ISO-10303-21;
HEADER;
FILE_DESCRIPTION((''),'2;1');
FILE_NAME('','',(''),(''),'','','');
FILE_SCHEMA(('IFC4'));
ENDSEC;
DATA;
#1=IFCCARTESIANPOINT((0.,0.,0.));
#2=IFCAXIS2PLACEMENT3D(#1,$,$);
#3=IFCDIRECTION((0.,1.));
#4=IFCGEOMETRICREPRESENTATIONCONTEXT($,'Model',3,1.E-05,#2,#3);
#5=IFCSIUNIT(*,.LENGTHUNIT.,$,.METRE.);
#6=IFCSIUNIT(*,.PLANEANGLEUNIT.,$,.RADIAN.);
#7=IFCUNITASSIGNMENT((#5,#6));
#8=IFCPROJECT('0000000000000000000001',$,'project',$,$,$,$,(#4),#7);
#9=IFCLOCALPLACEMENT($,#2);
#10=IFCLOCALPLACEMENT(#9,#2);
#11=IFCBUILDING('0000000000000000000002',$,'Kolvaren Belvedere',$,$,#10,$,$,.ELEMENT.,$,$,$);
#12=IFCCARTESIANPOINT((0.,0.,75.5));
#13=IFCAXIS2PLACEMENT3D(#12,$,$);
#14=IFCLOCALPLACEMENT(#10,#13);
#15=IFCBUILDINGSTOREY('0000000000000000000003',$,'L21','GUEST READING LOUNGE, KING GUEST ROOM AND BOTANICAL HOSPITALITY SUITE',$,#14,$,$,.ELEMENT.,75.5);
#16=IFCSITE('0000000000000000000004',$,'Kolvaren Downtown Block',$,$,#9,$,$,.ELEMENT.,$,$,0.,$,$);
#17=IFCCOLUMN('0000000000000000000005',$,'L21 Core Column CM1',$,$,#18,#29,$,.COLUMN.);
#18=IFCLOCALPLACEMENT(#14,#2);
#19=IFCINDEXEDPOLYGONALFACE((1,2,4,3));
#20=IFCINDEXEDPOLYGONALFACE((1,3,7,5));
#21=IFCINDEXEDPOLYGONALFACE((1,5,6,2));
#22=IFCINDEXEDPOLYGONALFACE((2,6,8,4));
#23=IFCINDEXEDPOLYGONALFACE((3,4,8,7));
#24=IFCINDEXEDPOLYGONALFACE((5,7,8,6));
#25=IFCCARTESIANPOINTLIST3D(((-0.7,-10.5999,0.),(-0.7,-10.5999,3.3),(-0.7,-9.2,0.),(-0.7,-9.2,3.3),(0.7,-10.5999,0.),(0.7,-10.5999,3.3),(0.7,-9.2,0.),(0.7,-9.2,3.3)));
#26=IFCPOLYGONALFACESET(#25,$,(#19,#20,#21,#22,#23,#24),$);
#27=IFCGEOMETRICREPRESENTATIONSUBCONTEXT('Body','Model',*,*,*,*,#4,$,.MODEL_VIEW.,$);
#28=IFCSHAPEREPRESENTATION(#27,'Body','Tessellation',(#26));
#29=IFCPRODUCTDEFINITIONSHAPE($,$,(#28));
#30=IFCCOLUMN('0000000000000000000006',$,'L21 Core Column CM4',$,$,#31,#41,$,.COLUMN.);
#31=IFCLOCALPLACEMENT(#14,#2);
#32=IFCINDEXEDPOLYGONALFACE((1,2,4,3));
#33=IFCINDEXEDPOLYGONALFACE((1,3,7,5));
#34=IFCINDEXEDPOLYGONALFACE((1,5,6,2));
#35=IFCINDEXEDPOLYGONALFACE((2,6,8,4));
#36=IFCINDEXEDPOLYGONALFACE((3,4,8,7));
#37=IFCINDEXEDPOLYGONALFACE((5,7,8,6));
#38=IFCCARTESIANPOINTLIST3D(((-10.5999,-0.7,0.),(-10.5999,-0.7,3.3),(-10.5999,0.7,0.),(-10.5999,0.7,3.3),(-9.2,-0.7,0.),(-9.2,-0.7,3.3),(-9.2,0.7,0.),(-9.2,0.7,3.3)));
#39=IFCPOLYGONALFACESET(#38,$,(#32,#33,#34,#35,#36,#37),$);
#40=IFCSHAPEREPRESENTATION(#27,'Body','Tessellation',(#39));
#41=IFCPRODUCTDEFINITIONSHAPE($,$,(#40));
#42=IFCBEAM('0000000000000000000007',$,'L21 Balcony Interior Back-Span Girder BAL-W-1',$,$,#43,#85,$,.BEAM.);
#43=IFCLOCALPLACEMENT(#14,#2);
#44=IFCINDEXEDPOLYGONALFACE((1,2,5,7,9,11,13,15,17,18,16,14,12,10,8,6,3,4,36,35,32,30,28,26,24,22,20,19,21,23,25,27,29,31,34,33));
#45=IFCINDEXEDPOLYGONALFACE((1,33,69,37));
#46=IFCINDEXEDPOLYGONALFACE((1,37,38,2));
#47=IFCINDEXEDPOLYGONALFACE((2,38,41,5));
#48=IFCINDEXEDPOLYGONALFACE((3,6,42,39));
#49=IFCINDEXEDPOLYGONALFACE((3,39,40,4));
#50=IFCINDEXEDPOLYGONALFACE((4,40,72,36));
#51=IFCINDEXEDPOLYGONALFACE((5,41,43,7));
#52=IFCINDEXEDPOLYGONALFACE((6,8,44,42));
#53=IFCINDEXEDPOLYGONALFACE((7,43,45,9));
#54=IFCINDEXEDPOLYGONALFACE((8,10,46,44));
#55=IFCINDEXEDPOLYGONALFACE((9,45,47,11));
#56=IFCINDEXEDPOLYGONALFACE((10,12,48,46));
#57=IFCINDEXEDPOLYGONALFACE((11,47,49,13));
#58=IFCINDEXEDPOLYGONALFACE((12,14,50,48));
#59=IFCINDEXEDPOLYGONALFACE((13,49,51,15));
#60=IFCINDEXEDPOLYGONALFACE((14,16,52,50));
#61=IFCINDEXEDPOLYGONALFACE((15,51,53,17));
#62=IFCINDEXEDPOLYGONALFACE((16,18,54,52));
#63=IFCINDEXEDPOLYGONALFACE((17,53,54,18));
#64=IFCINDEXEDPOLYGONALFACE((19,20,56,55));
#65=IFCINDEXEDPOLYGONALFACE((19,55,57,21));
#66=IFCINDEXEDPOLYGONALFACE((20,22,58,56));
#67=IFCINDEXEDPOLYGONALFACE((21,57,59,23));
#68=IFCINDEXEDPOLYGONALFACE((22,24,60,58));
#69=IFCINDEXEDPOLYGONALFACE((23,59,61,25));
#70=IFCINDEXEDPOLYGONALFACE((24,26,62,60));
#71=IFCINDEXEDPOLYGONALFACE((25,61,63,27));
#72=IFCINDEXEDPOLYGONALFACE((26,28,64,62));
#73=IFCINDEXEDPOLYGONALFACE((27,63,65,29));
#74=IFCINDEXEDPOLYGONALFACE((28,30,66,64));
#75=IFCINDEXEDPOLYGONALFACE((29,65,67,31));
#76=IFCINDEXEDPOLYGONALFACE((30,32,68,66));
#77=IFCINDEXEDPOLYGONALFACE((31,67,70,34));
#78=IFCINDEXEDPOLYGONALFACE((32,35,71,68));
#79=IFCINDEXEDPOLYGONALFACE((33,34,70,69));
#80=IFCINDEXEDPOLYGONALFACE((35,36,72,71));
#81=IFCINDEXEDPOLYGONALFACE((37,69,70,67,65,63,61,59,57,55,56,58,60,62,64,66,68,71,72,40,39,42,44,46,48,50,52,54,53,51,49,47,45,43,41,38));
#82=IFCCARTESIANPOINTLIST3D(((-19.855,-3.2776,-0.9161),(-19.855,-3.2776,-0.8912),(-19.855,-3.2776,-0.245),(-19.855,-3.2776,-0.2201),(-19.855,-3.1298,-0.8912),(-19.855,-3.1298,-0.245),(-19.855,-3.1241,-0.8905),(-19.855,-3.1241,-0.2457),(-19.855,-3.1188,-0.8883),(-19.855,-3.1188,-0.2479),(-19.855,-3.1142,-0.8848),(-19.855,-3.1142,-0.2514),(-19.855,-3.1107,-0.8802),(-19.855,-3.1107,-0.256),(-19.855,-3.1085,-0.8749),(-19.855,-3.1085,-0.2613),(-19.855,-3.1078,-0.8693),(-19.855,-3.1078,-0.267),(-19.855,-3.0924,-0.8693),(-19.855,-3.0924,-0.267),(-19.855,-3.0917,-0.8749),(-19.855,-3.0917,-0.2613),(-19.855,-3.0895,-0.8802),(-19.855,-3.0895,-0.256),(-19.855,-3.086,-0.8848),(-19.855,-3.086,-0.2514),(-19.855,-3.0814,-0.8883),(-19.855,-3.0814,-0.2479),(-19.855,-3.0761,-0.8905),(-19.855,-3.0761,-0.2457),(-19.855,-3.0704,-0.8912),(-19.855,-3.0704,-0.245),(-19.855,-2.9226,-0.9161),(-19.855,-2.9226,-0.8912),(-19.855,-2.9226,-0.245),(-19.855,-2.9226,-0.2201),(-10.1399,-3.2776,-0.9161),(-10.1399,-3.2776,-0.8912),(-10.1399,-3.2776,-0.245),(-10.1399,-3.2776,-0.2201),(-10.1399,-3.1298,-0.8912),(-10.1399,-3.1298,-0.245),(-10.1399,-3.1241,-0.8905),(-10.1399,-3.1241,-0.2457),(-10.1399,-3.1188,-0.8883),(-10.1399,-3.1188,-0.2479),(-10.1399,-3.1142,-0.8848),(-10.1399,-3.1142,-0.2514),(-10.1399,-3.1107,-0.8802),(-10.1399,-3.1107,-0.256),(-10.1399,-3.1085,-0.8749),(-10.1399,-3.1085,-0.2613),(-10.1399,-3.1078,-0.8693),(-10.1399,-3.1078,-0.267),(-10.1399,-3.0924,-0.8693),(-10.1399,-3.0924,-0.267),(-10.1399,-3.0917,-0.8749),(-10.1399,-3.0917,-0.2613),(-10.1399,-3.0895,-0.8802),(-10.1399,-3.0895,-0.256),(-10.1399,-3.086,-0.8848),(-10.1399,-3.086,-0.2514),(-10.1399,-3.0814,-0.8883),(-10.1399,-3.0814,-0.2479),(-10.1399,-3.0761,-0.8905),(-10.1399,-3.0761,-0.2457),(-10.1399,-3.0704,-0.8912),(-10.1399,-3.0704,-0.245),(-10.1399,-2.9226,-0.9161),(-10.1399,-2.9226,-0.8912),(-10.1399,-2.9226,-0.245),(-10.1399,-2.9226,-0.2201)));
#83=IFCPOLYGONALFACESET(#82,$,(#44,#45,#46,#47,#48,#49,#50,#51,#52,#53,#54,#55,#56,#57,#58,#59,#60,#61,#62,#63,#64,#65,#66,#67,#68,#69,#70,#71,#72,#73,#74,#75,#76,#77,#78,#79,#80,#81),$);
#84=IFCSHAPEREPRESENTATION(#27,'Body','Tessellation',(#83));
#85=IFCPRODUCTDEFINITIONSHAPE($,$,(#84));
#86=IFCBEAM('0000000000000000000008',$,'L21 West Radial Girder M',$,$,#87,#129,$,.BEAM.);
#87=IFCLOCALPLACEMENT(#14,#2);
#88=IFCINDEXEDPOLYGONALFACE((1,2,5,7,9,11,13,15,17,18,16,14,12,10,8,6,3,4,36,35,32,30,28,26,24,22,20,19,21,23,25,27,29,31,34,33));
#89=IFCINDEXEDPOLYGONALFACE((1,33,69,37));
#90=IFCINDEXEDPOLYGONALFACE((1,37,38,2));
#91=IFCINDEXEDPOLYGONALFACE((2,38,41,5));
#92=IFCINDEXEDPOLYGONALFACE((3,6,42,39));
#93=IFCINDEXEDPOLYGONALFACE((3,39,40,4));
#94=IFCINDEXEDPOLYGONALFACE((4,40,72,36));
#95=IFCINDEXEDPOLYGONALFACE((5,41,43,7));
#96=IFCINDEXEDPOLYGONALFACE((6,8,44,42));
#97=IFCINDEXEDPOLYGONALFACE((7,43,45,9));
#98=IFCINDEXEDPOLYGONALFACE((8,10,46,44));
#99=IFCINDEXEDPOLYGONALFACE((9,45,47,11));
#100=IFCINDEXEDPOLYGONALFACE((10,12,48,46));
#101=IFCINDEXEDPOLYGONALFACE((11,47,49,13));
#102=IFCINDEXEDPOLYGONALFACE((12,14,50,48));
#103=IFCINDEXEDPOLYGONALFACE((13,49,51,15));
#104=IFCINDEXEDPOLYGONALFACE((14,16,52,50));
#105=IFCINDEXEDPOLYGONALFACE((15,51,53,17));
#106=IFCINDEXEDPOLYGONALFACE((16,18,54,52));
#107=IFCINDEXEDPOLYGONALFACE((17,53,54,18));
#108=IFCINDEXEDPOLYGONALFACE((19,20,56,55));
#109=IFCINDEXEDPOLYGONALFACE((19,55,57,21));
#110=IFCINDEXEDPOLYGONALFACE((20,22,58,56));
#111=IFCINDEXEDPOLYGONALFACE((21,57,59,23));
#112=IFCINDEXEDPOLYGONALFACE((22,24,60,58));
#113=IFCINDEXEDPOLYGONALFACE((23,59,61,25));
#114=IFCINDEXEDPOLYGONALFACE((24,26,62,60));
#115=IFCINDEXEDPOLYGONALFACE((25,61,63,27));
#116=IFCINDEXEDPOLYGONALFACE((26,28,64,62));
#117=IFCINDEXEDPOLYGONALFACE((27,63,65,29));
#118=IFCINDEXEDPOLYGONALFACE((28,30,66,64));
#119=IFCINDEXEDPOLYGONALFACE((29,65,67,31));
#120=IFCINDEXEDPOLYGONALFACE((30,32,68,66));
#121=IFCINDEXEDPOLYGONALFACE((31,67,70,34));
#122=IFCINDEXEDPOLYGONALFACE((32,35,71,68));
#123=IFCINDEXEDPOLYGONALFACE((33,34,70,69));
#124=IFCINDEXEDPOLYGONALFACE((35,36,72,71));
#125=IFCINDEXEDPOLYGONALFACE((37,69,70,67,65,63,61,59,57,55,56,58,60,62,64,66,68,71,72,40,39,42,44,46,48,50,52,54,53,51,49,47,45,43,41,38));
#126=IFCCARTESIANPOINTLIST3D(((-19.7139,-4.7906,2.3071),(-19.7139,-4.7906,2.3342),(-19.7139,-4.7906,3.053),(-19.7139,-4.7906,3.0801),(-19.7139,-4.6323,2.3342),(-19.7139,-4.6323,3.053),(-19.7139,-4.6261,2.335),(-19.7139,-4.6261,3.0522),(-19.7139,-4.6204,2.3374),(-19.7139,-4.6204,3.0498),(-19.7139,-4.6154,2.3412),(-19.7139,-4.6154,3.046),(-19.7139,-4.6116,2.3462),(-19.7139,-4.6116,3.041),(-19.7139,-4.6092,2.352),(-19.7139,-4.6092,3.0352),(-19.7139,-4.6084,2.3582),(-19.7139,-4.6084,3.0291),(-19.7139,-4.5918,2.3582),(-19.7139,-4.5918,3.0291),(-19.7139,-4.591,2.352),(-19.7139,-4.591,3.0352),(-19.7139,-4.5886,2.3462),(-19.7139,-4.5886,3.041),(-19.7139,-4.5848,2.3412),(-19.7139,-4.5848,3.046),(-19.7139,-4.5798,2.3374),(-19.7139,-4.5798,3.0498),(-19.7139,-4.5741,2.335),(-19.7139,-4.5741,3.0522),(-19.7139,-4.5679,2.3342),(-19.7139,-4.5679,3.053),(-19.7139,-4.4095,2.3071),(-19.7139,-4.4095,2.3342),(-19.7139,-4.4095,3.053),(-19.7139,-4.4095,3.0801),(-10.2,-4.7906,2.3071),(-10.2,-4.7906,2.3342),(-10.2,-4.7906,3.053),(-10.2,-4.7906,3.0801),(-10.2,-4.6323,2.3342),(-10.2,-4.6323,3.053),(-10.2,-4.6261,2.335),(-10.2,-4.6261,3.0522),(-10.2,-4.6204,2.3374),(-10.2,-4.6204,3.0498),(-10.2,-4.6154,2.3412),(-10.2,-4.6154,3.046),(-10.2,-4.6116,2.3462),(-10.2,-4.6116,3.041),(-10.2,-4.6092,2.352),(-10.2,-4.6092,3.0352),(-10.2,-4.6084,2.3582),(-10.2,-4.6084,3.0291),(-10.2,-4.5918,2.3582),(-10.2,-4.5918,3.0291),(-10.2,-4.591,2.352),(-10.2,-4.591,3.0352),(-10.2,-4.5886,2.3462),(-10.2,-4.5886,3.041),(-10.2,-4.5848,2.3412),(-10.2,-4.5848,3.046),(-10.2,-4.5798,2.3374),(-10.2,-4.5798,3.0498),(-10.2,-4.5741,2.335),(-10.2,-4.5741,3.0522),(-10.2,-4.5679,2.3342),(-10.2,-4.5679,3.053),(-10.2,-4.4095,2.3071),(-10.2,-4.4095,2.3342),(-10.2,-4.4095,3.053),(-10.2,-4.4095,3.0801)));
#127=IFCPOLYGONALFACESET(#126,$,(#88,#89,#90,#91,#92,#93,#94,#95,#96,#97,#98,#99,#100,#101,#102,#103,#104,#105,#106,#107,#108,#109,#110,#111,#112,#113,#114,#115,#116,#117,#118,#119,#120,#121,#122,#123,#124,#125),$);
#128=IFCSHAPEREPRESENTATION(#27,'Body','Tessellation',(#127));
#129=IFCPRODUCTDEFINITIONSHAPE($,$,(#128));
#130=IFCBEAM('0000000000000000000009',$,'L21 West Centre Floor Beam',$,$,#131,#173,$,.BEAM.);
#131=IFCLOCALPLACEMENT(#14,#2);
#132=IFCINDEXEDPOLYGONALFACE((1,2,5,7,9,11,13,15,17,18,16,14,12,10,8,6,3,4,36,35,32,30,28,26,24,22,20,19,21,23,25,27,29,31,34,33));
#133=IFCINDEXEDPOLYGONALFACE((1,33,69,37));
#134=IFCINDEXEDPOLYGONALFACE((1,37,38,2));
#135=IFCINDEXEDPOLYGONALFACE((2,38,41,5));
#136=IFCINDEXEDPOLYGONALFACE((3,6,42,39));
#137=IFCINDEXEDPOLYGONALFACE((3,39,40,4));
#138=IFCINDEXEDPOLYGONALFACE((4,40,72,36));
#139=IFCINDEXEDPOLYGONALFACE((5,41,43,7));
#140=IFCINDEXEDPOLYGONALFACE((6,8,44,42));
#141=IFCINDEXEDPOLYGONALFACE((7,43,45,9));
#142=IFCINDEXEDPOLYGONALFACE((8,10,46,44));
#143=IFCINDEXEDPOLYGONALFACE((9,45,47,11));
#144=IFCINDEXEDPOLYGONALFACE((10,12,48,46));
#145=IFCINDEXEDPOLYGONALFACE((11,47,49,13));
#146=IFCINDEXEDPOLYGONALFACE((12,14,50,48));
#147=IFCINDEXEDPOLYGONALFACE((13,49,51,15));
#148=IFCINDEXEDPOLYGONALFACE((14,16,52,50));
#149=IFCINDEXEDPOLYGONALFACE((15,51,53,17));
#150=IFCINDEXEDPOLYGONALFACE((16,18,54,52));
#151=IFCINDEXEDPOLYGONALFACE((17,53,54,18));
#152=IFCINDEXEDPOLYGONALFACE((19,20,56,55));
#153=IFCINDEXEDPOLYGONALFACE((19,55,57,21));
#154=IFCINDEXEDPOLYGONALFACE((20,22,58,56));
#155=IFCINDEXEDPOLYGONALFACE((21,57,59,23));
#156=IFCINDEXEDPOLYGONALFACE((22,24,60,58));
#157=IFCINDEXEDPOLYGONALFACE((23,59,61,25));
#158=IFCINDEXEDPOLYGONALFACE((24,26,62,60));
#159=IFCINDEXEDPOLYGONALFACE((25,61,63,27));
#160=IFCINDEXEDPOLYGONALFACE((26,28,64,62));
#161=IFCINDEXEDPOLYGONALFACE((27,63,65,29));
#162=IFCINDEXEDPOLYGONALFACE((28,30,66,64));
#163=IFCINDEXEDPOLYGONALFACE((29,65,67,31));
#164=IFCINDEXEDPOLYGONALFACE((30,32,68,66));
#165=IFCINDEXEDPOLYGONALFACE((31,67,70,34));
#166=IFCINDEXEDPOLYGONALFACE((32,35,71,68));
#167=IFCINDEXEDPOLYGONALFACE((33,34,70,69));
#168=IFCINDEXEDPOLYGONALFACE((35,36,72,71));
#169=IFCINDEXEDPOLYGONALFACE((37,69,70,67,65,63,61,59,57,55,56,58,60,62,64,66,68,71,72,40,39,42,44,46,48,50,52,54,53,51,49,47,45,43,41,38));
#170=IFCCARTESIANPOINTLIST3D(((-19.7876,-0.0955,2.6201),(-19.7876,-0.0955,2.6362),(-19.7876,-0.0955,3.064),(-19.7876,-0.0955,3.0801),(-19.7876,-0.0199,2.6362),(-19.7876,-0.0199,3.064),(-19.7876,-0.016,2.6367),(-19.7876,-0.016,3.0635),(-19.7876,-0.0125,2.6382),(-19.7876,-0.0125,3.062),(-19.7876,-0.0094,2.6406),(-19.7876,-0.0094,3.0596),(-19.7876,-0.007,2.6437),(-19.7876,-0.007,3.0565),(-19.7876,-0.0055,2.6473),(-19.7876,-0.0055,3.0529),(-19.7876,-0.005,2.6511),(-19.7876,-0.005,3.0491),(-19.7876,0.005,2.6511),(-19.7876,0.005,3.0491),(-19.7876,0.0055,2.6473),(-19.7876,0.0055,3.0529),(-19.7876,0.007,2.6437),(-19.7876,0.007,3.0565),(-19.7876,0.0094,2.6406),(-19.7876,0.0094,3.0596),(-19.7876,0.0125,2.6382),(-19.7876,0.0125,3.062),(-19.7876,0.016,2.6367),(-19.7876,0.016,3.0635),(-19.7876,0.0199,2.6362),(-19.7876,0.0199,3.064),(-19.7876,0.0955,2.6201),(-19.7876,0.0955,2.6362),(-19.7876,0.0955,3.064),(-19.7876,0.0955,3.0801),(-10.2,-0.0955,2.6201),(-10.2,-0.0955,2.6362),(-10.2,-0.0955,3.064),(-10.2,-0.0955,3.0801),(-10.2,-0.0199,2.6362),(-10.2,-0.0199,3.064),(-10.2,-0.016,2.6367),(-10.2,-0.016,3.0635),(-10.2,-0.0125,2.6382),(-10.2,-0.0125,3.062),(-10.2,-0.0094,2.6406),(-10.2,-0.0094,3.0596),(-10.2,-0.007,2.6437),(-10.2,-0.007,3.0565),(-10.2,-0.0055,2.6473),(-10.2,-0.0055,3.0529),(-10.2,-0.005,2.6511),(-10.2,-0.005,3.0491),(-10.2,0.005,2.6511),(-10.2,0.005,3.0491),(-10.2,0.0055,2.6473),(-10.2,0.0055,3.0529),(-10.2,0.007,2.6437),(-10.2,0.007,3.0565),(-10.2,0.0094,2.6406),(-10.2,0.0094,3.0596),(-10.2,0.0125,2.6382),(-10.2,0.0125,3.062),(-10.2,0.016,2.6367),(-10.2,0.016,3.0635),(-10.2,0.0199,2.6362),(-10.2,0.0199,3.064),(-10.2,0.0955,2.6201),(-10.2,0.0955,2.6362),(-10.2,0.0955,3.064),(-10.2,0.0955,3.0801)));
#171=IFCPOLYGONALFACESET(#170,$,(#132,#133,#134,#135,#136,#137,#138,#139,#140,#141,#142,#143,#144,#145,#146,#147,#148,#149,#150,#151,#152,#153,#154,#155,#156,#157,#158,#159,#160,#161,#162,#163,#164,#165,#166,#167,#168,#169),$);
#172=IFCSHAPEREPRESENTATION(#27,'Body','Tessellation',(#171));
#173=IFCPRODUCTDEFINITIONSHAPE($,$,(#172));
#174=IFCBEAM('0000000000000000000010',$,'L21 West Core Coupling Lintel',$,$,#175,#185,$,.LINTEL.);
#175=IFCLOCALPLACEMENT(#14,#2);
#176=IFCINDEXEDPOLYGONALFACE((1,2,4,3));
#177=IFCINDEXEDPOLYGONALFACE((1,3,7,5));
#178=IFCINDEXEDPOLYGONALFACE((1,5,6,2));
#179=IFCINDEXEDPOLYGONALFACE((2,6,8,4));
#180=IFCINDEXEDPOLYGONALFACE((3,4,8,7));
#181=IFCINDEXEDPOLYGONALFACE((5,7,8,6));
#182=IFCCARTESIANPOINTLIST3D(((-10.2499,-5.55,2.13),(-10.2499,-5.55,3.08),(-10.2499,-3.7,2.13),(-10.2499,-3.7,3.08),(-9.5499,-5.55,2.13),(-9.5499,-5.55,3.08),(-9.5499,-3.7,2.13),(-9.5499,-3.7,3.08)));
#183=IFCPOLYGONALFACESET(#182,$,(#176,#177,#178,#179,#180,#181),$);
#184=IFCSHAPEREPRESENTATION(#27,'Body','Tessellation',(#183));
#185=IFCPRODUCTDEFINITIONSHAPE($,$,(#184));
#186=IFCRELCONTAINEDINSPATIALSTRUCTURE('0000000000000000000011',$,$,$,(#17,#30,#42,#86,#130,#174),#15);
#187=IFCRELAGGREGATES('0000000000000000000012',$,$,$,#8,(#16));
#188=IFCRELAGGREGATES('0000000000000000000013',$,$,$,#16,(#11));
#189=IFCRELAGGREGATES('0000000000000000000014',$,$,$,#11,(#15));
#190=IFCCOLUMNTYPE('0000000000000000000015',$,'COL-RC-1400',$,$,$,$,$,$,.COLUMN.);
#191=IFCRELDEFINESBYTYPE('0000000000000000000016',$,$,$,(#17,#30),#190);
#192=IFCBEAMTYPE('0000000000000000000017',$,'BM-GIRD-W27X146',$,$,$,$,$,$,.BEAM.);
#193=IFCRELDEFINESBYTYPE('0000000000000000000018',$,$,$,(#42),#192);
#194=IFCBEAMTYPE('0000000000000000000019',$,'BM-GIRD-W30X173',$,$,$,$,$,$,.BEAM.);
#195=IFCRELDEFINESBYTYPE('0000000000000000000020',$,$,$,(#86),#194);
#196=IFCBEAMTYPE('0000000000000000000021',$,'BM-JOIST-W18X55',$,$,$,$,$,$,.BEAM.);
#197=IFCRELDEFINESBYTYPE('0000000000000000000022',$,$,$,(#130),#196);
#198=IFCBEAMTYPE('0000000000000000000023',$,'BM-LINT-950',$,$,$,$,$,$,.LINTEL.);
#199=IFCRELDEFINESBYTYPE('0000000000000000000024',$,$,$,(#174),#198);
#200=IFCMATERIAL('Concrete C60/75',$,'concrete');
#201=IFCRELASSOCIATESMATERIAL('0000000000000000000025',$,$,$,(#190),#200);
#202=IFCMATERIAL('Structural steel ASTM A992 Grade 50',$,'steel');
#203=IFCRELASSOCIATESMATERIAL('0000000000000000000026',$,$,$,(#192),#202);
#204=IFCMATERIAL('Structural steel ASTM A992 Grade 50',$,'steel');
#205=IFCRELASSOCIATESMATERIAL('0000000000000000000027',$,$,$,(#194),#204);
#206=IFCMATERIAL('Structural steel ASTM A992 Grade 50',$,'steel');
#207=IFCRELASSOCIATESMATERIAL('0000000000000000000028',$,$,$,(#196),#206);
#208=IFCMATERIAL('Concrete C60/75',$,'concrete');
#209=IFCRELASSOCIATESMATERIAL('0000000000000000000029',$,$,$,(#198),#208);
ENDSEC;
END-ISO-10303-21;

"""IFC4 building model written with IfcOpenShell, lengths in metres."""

from ifc_helpers import new_model, si_unit, direction, frame, origin, origin_2d, place, context, subcontext, project, spatial, rectangle, i_section, extrude, material, material_profile, profile_set, type_object, element, save


model = new_model("IFC4")

# Units and contexts
model_context = context("Model", 3, precision=1e-05, world=origin(), true_north=direction((0.0, 1.0)))
body_context = subcontext(model_context, "Body", "Model", "MODEL_VIEW")
ifc_project = project(units=[si_unit("LENGTHUNIT", "METRE"), si_unit("PLANEANGLEUNIT", "RADIAN")], contexts=[model_context])

# Site, building, storey
site_placement = place(None, origin())
site = spatial("IfcSite", under=ifc_project, at=site_placement, Name="Kolvaren Downtown Block", CompositionType="ELEMENT", RefElevation=0.0)
building_placement = place(site_placement, origin())
building = spatial("IfcBuilding", under=site, at=building_placement, Name="Kolvaren Belvedere", CompositionType="ELEMENT")
storey_placement = place(building_placement, frame((0.0, 0.0, 75.5)))
storey = spatial("IfcBuildingStorey", under=building, at=storey_placement, Name="L21", Description="GUEST READING LOUNGE, KING GUEST ROOM AND BOTANICAL HOSPITALITY SUITE", CompositionType="ELEMENT", Elevation=75.5)

# Columns
ifc_material_1 = material(Name="Concrete C60/75", Category="concrete")
ifc_material_profile_1 = material_profile(ifc_material_1, rectangle(XDim=1.3999, YDim=1.3999, at=origin_2d()), Name="RC 1400X1400")
ifc_profile_set_1 = profile_set([ifc_material_profile_1], Name="Concrete C60/75")
column_type = type_object("IfcColumnType", Name="COL-RC-1400", PredefinedType="COLUMN", material=ifc_profile_set_1)
for number, where, z_axis, x_axis, name in (
    (1, (0.0, -9.8999, 0.0), (0.0, 0.0, 1.0), (1.0, 0.0, 0.0), "L21 Core Column CM1"),
    (2, (-9.8999, 0.0, 0.0), (0.0, 0.0, 1.0), (1.0, 0.0, 0.0), "L21 Core Column CM4"),
):
    element("IfcColumn", number, at=place(storey_placement, frame(where, z_axis=z_axis, x_axis=x_axis)), inside=storey, type_object=column_type, Name=name, PredefinedType="COLUMN", context=body_context, shape_type="SweptSolid", body=[
        extrude(rectangle(XDim=1.3999, YDim=1.3999, at=origin_2d()), origin(), (0.0, 0.0, 1.0), 3.3),
    ])

# Beams
ifc_material_2 = material(Name="Structural steel ASTM A992 Grade 50", Category="steel")
ifc_material_profile_2 = material_profile(ifc_material_2, i_section(OverallWidth=0.355, OverallDepth=0.696, WebThickness=0.0154, FlangeThickness=0.0249, FilletRadius=0.022, at=origin_2d()), Name="W27X146")
ifc_profile_set_2 = profile_set([ifc_material_profile_2], Name="Structural steel ASTM A992 Grade 50")
beam_type_1 = type_object("IfcBeamType", Name="BM-GIRD-W27X146", PredefinedType="BEAM", material=ifc_profile_set_2)
beam_1_placement = place(storey_placement, frame((-10.1399, -3.1001, -0.5681), z_axis=(-1.0, 0.0, 0.0), x_axis=(0.0, -1.0, 0.0)))
element("IfcBeam", 3, at=beam_1_placement, inside=storey, type_object=beam_type_1, Name="L21 Balcony Interior Back-Span Girder BAL-W-1", PredefinedType="BEAM", context=body_context, shape_type="SweptSolid", body=[
    extrude(i_section(OverallWidth=0.355, OverallDepth=0.696, WebThickness=0.0154, FlangeThickness=0.0249, FilletRadius=0.022, at=origin_2d()), origin(), (0.0, 0.0, 1.0), 9.7151),
])
ifc_material_3 = material(Name="Structural steel ASTM A992 Grade 50", Category="steel")
ifc_material_profile_3 = material_profile(ifc_material_3, i_section(OverallWidth=0.3811, OverallDepth=0.7729, WebThickness=0.0166, FlangeThickness=0.0271, FilletRadius=0.0239, at=origin_2d()), Name="W30X173")
ifc_profile_set_3 = profile_set([ifc_material_profile_3], Name="Structural steel ASTM A992 Grade 50")
beam_type_2 = type_object("IfcBeamType", Name="BM-GIRD-W30X173", PredefinedType="BEAM", material=ifc_profile_set_3)
beam_2_placement = place(storey_placement, frame((-10.2, -4.6001, 2.6936), z_axis=(-1.0, 0.0, 0.0), x_axis=(0.0, -1.0, 0.0)))
element("IfcBeam", 4, at=beam_2_placement, inside=storey, type_object=beam_type_2, Name="L21 West Radial Girder M", PredefinedType="BEAM", context=body_context, shape_type="SweptSolid", body=[
    extrude(i_section(OverallWidth=0.3811, OverallDepth=0.7729, WebThickness=0.0166, FlangeThickness=0.0271, FilletRadius=0.0239, at=origin_2d()), origin(), (0.0, 0.0, 1.0), 9.5139),
])
ifc_material_4 = material(Name="Structural steel ASTM A992 Grade 50", Category="steel")
ifc_material_profile_4 = material_profile(ifc_material_4, i_section(OverallWidth=0.1909, OverallDepth=0.46, WebThickness=0.01, FlangeThickness=0.0161, FilletRadius=0.0149, at=origin_2d()), Name="W18X55")
ifc_profile_set_4 = profile_set([ifc_material_profile_4], Name="Structural steel ASTM A992 Grade 50")
beam_type_3 = type_object("IfcBeamType", Name="BM-JOIST-W18X55", PredefinedType="BEAM", material=ifc_profile_set_4)
beam_3_placement = place(storey_placement, frame((-10.2, 0.0, 2.8501), z_axis=(-1.0, 0.0, 0.0), x_axis=(0.0, -1.0, 0.0)))
element("IfcBeam", 5, at=beam_3_placement, inside=storey, type_object=beam_type_3, Name="L21 West Centre Floor Beam", PredefinedType="BEAM", context=body_context, shape_type="SweptSolid", body=[
    extrude(i_section(OverallWidth=0.1909, OverallDepth=0.46, WebThickness=0.01, FlangeThickness=0.0161, FilletRadius=0.0149, at=origin_2d()), origin(), (0.0, 0.0, 1.0), 9.5876),
])
ifc_material_5 = material(Name="Concrete C60/75", Category="concrete")
ifc_material_profile_5 = material_profile(ifc_material_5, rectangle(XDim=0.7, YDim=0.95, at=origin_2d()), Name="RC 700X950")
ifc_profile_set_5 = profile_set([ifc_material_profile_5], Name="Concrete C60/75")
beam_type_4 = type_object("IfcBeamType", Name="BM-LINT-950", PredefinedType="LINTEL", material=ifc_profile_set_5)
beam_4_placement = place(storey_placement, frame((-9.8999, -5.55, 2.605), z_axis=(0.0, 1.0, 0.0), x_axis=(-1.0, 0.0, 0.0)))
element("IfcBeam", 6, at=beam_4_placement, inside=storey, type_object=beam_type_4, Name="L21 West Core Coupling Lintel", PredefinedType="LINTEL", context=body_context, shape_type="SweptSolid", body=[
    extrude(rectangle(XDim=0.7, YDim=0.95, at=origin_2d()), origin(), (0.0, 0.0, 1.0), 1.8501),
])

save(model, "model.ifc")
